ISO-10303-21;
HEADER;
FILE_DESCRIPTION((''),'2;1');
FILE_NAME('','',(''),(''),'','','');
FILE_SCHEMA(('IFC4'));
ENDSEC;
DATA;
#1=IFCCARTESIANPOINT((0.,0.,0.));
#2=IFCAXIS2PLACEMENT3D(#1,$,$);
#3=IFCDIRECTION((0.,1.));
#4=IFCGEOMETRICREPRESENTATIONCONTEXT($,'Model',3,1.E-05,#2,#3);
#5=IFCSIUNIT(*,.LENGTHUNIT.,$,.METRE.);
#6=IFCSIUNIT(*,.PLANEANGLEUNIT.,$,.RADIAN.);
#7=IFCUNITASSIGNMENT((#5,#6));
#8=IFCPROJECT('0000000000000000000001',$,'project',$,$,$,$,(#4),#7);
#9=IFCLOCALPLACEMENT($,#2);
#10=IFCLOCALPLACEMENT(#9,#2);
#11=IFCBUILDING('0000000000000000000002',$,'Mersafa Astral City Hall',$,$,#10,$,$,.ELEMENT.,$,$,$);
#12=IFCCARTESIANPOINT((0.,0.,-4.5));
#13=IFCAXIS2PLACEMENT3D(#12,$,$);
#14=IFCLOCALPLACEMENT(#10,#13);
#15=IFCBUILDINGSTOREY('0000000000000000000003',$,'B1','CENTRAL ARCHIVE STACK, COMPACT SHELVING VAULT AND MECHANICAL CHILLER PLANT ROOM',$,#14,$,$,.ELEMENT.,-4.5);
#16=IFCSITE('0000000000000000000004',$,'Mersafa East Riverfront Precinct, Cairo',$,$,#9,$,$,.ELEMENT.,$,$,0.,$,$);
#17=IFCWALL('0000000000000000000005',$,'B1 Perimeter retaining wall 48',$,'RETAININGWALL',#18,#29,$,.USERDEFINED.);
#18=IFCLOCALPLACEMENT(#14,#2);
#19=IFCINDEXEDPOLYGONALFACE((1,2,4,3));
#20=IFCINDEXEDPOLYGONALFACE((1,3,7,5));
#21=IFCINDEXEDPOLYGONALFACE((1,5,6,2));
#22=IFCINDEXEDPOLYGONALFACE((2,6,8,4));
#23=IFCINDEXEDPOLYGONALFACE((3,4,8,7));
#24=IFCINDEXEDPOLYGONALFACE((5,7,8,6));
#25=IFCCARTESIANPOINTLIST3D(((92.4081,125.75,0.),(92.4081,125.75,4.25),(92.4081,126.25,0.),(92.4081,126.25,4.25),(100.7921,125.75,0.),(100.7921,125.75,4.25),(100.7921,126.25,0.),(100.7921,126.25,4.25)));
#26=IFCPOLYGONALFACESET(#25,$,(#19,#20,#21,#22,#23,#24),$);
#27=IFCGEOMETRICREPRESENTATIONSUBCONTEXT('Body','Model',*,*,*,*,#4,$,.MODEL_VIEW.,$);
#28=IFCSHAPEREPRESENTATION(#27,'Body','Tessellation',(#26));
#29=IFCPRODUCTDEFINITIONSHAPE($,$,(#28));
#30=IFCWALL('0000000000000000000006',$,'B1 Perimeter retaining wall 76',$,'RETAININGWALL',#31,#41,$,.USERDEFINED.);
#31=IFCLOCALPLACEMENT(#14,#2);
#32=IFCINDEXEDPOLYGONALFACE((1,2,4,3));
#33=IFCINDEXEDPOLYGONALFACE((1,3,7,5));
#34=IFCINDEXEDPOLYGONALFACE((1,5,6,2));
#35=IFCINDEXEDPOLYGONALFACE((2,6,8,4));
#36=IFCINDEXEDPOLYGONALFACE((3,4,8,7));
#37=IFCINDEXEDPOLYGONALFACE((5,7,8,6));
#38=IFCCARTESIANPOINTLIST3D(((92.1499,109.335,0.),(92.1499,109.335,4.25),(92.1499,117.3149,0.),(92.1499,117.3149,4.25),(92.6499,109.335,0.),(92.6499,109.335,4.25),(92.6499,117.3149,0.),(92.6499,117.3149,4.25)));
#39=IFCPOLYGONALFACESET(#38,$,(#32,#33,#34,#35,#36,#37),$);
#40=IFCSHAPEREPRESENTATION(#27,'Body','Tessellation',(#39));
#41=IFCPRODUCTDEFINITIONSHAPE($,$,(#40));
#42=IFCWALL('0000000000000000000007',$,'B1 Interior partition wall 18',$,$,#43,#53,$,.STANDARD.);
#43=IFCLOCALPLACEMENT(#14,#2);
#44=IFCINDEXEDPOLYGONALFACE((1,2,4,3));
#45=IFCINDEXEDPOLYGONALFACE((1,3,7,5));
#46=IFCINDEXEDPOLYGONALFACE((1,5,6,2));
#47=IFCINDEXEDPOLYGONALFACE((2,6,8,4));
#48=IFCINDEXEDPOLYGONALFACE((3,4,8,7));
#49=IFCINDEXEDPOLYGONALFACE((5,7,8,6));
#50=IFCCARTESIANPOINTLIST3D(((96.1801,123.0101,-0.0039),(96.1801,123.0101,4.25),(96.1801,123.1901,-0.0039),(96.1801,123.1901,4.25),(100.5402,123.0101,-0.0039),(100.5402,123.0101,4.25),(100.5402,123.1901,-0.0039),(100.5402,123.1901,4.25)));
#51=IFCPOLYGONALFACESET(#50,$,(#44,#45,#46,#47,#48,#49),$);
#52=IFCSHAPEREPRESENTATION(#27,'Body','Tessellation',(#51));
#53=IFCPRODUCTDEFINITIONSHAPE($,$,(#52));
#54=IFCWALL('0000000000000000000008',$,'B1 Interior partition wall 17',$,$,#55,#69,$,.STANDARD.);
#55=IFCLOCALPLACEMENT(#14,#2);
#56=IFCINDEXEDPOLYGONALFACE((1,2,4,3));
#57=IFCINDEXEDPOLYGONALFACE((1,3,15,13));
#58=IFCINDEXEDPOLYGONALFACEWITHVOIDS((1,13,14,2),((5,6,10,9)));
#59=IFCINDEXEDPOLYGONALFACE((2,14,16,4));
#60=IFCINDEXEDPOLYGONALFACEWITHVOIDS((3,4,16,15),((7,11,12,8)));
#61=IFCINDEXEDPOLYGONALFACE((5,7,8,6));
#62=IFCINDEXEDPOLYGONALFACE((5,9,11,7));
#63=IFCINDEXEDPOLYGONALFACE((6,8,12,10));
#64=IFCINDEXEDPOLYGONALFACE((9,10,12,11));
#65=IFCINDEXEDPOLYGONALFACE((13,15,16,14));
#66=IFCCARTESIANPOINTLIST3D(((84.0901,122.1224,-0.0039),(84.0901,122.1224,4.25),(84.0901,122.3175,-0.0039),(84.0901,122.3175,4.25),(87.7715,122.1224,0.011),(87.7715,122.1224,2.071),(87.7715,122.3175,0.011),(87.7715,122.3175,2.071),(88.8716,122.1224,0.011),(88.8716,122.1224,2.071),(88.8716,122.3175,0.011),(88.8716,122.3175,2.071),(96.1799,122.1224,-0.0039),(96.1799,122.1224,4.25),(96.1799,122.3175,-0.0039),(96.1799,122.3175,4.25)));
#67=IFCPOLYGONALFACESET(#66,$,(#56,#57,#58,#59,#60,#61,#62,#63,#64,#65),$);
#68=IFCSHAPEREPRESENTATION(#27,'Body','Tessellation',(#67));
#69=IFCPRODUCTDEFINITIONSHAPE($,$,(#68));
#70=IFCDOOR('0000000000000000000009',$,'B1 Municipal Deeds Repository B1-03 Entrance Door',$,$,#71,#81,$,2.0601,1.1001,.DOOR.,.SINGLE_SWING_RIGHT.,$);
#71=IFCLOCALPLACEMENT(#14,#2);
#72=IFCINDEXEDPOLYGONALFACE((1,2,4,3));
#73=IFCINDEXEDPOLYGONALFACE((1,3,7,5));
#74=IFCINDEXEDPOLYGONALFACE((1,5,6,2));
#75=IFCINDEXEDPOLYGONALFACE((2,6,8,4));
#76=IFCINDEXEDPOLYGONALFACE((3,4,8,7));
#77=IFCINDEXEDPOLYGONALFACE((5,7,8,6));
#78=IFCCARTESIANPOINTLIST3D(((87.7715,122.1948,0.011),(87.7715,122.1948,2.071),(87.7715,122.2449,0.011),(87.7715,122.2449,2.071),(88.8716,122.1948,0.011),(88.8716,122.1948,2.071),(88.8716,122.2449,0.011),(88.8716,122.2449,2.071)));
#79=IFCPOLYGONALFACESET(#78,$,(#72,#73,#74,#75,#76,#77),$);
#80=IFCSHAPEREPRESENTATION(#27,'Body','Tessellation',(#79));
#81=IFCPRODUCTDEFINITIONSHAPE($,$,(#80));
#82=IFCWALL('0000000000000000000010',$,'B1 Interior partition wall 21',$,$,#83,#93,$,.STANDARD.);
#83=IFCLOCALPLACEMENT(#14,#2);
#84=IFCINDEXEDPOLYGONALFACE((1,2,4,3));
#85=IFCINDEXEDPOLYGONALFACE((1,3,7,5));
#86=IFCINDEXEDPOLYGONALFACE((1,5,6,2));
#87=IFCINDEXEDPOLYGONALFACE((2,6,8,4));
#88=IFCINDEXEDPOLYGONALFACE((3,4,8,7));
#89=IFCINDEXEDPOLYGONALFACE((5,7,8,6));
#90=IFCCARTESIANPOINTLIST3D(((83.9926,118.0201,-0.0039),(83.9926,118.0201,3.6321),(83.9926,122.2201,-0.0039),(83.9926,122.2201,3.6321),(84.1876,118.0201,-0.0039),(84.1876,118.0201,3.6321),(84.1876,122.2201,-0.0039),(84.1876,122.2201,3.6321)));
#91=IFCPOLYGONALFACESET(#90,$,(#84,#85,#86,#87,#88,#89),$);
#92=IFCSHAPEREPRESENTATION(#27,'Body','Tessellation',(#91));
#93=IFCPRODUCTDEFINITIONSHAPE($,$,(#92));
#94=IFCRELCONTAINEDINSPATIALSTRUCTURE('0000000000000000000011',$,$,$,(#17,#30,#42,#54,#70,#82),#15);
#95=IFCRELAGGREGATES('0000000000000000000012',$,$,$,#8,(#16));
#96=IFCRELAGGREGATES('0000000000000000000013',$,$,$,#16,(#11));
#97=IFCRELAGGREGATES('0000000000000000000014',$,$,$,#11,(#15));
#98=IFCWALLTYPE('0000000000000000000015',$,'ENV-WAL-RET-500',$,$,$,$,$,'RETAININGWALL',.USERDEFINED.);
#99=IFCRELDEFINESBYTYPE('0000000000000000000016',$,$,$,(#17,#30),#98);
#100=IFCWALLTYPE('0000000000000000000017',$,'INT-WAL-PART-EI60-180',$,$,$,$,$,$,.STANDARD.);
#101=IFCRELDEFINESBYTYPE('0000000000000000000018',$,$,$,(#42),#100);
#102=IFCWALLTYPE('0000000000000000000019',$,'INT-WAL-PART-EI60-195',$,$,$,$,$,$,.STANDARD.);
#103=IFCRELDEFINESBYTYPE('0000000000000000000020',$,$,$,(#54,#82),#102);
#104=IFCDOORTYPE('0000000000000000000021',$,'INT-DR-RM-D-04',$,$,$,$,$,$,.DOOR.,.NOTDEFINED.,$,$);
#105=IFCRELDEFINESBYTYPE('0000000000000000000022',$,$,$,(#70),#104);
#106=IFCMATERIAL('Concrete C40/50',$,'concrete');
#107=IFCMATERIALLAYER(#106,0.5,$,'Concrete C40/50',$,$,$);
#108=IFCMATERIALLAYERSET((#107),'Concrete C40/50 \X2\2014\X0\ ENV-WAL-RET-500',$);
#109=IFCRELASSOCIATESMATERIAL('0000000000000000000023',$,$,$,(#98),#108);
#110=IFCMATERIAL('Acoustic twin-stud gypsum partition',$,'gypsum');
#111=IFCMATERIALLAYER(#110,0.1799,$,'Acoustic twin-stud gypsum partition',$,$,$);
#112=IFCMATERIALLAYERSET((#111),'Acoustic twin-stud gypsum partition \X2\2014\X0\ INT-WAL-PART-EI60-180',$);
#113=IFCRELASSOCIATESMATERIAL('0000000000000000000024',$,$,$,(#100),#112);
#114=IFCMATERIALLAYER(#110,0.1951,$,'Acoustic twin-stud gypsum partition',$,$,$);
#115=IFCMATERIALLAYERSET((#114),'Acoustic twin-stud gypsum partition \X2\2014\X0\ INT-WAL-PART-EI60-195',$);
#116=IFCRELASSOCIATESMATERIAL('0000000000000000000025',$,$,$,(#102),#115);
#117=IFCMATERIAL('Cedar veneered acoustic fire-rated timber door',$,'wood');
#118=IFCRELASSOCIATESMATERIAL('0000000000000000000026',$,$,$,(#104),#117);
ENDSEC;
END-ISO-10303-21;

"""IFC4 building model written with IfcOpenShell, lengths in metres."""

from ifc_helpers import new_model, si_unit, direction, frame, frame_2d, origin, place, context, subcontext, project, spatial, rectangle, extrude, material, layer, layer_set, type_object, element, fill, save


model = new_model("IFC4")

# Units and contexts
model_context = context("Model", 3, precision=1e-05, world=origin(), true_north=direction((0.0, 1.0)))
body_context = subcontext(model_context, "Body", "Model", "MODEL_VIEW")
ifc_project = project(units=[si_unit("LENGTHUNIT", "METRE"), si_unit("PLANEANGLEUNIT", "RADIAN")], contexts=[model_context])

# Site, building, storey
site_placement = place(None, origin())
site = spatial("IfcSite", under=ifc_project, at=site_placement, Name="Mersafa East Riverfront Precinct, Cairo", CompositionType="ELEMENT", RefElevation=0.0)
building_placement = place(site_placement, origin())
building = spatial("IfcBuilding", under=site, at=building_placement, Name="Mersafa Astral City Hall", CompositionType="ELEMENT")
storey_placement = place(building_placement, frame((0.0, 0.0, -4.5)))
storey = spatial("IfcBuildingStorey", under=building, at=storey_placement, Name="B1", Description="CENTRAL ARCHIVE STACK, COMPACT SHELVING VAULT AND MECHANICAL CHILLER PLANT ROOM", CompositionType="ELEMENT", Elevation=-4.5)

# Shared definitions
ifc_material_1 = material(Name="Concrete C40/50", Category="concrete")

# Walls
ifc_layer_1 = layer(ifc_material_1, 0.5, Name="Concrete C40/50")
ifc_layer_set_1 = layer_set([ifc_layer_1], Name="Concrete C40/50 — ENV-WAL-RET-500")
wall_type_1 = type_object("IfcWallType", Name="ENV-WAL-RET-500", ElementType="RETAININGWALL", PredefinedType="USERDEFINED", material=ifc_layer_set_1)
wall_1_placement = place(storey_placement, frame((100.792, 126.0, 0.0), z_axis=(0.0, 0.0, 1.0), x_axis=(-1.0, 0.0, 0.0)))
element("IfcWall", 1, at=wall_1_placement, inside=storey, type_object=wall_type_1, Name="B1 Perimeter retaining wall 48", ObjectType="RETAININGWALL", PredefinedType="USERDEFINED", context=body_context, shape_type="SweptSolid", body=[
    extrude(rectangle(XDim=8.384, YDim=0.5, at=frame_2d((4.1919, 0.0))), origin(), (0.0, 0.0, 1.0), 4.25),
])
wall_2_placement = place(storey_placement, frame((92.3999, 117.3149, 0.0), z_axis=(0.0, 0.0, 1.0), x_axis=(0.0, -1.0, 0.0)))
element("IfcWall", 2, at=wall_2_placement, inside=storey, type_object=wall_type_1, Name="B1 Perimeter retaining wall 76", ObjectType="RETAININGWALL", PredefinedType="USERDEFINED", context=body_context, shape_type="SweptSolid", body=[
    extrude(rectangle(XDim=7.98, YDim=0.5, at=frame_2d((3.99, 0.0))), origin(), (0.0, 0.0, 1.0), 4.25),
])
ifc_material_2 = material(Name="Acoustic twin-stud gypsum partition", Category="gypsum")
ifc_layer_2 = layer(ifc_material_2, 0.1799, Name="Acoustic twin-stud gypsum partition")
ifc_layer_set_2 = layer_set([ifc_layer_2], Name="Acoustic twin-stud gypsum partition — INT-WAL-PART-EI60-180")
wall_type_2 = type_object("IfcWallType", Name="INT-WAL-PART-EI60-180", PredefinedType="STANDARD", material=ifc_layer_set_2)
wall_3_placement = place(storey_placement, frame((96.1799, 123.1001, -0.0039), z_axis=(0.0, 0.0, 1.0), x_axis=(1.0, 0.0, 0.0)))
element("IfcWall", 3, at=wall_3_placement, inside=storey, type_object=wall_type_2, Name="B1 Interior partition wall 18", PredefinedType="STANDARD", context=body_context, shape_type="SweptSolid", body=[
    extrude(rectangle(XDim=4.3601, YDim=0.1799, at=frame_2d((2.1802, 0.0))), origin(), (0.0, 0.0, 1.0), 4.2539),
])

# Wall, opening, door
ifc_layer_3 = layer(ifc_material_2, 0.1951, Name="Acoustic twin-stud gypsum partition")
ifc_layer_set_3 = layer_set([ifc_layer_3], Name="Acoustic twin-stud gypsum partition — INT-WAL-PART-EI60-195")
wall_type_3 = type_object("IfcWallType", Name="INT-WAL-PART-EI60-195", PredefinedType="STANDARD", material=ifc_layer_set_3)
wall_4_placement = place(storey_placement, frame((84.0901, 122.22, -0.0039), z_axis=(0.0, 0.0, 1.0), x_axis=(1.0, 0.0, 0.0)))
wall_4 = element("IfcWall", 4, at=wall_4_placement, inside=storey, type_object=wall_type_3, Name="B1 Interior partition wall 17", PredefinedType="STANDARD", context=body_context, shape_type="SweptSolid", body=[
    extrude(rectangle(XDim=12.0898, YDim=0.1951, at=frame_2d((6.0449, 0.0))), origin(), (0.0, 0.0, 1.0), 4.2539),
])
opening_placement = place(wall_4_placement, frame((3.6814, 0.0, 0.0149)))
opening = element("IfcOpeningElement", 5, at=opening_placement, cuts=wall_4, PredefinedType="OPENING", context=body_context, shape_type="SweptSolid", body=[
    extrude(rectangle(XDim=1.1001, YDim=2.0601, at=frame_2d((0.55, 1.03))), frame((0.0, 0.1074, 0.0), z_axis=(0.0, -1.0, 0.0), x_axis=(1.0, 0.0, 0.0)), (0.0, 0.0, 1.0), 0.2151),
])
ifc_material_3 = material(Name="Cedar veneered acoustic fire-rated timber door", Category="wood")
door_type = type_object("IfcDoorType", Name="INT-DR-RM-D-04", OperationType="NOTDEFINED", PredefinedType="DOOR", material=ifc_material_3)
door_placement = place(opening_placement, origin())
door = element("IfcDoor", 6, at=door_placement, inside=storey, type_object=door_type, Name="B1 Municipal Deeds Repository B1-03 Entrance Door", OperationType="SINGLE_SWING_RIGHT", OverallHeight=2.0601, OverallWidth=1.1001, PredefinedType="DOOR", context=body_context, shape_type="SweptSolid", body=[
    extrude(rectangle(XDim=1.1001, YDim=2.0601, at=frame_2d((0.55, 1.03))), frame((0.0, 0.0249, 0.0), z_axis=(0.0, -1.0, 0.0), x_axis=(1.0, 0.0, 0.0)), (0.0, 0.0, 1.0), 0.05),
])
fill(opening, door)

# Wall
wall_5_placement = place(storey_placement, frame((84.0901, 118.02, -0.0039), z_axis=(0.0, 0.0, 1.0), x_axis=(0.0, 1.0, 0.0)))
element("IfcWall", 7, at=wall_5_placement, inside=storey, type_object=wall_type_3, Name="B1 Interior partition wall 21", PredefinedType="STANDARD", context=body_context, shape_type="SweptSolid", body=[
    extrude(rectangle(XDim=4.2, YDim=0.1951, at=frame_2d((2.1001, 0.0))), origin(), (0.0, 0.0, 1.0), 3.636),
])

save(model, "model.ifc")
